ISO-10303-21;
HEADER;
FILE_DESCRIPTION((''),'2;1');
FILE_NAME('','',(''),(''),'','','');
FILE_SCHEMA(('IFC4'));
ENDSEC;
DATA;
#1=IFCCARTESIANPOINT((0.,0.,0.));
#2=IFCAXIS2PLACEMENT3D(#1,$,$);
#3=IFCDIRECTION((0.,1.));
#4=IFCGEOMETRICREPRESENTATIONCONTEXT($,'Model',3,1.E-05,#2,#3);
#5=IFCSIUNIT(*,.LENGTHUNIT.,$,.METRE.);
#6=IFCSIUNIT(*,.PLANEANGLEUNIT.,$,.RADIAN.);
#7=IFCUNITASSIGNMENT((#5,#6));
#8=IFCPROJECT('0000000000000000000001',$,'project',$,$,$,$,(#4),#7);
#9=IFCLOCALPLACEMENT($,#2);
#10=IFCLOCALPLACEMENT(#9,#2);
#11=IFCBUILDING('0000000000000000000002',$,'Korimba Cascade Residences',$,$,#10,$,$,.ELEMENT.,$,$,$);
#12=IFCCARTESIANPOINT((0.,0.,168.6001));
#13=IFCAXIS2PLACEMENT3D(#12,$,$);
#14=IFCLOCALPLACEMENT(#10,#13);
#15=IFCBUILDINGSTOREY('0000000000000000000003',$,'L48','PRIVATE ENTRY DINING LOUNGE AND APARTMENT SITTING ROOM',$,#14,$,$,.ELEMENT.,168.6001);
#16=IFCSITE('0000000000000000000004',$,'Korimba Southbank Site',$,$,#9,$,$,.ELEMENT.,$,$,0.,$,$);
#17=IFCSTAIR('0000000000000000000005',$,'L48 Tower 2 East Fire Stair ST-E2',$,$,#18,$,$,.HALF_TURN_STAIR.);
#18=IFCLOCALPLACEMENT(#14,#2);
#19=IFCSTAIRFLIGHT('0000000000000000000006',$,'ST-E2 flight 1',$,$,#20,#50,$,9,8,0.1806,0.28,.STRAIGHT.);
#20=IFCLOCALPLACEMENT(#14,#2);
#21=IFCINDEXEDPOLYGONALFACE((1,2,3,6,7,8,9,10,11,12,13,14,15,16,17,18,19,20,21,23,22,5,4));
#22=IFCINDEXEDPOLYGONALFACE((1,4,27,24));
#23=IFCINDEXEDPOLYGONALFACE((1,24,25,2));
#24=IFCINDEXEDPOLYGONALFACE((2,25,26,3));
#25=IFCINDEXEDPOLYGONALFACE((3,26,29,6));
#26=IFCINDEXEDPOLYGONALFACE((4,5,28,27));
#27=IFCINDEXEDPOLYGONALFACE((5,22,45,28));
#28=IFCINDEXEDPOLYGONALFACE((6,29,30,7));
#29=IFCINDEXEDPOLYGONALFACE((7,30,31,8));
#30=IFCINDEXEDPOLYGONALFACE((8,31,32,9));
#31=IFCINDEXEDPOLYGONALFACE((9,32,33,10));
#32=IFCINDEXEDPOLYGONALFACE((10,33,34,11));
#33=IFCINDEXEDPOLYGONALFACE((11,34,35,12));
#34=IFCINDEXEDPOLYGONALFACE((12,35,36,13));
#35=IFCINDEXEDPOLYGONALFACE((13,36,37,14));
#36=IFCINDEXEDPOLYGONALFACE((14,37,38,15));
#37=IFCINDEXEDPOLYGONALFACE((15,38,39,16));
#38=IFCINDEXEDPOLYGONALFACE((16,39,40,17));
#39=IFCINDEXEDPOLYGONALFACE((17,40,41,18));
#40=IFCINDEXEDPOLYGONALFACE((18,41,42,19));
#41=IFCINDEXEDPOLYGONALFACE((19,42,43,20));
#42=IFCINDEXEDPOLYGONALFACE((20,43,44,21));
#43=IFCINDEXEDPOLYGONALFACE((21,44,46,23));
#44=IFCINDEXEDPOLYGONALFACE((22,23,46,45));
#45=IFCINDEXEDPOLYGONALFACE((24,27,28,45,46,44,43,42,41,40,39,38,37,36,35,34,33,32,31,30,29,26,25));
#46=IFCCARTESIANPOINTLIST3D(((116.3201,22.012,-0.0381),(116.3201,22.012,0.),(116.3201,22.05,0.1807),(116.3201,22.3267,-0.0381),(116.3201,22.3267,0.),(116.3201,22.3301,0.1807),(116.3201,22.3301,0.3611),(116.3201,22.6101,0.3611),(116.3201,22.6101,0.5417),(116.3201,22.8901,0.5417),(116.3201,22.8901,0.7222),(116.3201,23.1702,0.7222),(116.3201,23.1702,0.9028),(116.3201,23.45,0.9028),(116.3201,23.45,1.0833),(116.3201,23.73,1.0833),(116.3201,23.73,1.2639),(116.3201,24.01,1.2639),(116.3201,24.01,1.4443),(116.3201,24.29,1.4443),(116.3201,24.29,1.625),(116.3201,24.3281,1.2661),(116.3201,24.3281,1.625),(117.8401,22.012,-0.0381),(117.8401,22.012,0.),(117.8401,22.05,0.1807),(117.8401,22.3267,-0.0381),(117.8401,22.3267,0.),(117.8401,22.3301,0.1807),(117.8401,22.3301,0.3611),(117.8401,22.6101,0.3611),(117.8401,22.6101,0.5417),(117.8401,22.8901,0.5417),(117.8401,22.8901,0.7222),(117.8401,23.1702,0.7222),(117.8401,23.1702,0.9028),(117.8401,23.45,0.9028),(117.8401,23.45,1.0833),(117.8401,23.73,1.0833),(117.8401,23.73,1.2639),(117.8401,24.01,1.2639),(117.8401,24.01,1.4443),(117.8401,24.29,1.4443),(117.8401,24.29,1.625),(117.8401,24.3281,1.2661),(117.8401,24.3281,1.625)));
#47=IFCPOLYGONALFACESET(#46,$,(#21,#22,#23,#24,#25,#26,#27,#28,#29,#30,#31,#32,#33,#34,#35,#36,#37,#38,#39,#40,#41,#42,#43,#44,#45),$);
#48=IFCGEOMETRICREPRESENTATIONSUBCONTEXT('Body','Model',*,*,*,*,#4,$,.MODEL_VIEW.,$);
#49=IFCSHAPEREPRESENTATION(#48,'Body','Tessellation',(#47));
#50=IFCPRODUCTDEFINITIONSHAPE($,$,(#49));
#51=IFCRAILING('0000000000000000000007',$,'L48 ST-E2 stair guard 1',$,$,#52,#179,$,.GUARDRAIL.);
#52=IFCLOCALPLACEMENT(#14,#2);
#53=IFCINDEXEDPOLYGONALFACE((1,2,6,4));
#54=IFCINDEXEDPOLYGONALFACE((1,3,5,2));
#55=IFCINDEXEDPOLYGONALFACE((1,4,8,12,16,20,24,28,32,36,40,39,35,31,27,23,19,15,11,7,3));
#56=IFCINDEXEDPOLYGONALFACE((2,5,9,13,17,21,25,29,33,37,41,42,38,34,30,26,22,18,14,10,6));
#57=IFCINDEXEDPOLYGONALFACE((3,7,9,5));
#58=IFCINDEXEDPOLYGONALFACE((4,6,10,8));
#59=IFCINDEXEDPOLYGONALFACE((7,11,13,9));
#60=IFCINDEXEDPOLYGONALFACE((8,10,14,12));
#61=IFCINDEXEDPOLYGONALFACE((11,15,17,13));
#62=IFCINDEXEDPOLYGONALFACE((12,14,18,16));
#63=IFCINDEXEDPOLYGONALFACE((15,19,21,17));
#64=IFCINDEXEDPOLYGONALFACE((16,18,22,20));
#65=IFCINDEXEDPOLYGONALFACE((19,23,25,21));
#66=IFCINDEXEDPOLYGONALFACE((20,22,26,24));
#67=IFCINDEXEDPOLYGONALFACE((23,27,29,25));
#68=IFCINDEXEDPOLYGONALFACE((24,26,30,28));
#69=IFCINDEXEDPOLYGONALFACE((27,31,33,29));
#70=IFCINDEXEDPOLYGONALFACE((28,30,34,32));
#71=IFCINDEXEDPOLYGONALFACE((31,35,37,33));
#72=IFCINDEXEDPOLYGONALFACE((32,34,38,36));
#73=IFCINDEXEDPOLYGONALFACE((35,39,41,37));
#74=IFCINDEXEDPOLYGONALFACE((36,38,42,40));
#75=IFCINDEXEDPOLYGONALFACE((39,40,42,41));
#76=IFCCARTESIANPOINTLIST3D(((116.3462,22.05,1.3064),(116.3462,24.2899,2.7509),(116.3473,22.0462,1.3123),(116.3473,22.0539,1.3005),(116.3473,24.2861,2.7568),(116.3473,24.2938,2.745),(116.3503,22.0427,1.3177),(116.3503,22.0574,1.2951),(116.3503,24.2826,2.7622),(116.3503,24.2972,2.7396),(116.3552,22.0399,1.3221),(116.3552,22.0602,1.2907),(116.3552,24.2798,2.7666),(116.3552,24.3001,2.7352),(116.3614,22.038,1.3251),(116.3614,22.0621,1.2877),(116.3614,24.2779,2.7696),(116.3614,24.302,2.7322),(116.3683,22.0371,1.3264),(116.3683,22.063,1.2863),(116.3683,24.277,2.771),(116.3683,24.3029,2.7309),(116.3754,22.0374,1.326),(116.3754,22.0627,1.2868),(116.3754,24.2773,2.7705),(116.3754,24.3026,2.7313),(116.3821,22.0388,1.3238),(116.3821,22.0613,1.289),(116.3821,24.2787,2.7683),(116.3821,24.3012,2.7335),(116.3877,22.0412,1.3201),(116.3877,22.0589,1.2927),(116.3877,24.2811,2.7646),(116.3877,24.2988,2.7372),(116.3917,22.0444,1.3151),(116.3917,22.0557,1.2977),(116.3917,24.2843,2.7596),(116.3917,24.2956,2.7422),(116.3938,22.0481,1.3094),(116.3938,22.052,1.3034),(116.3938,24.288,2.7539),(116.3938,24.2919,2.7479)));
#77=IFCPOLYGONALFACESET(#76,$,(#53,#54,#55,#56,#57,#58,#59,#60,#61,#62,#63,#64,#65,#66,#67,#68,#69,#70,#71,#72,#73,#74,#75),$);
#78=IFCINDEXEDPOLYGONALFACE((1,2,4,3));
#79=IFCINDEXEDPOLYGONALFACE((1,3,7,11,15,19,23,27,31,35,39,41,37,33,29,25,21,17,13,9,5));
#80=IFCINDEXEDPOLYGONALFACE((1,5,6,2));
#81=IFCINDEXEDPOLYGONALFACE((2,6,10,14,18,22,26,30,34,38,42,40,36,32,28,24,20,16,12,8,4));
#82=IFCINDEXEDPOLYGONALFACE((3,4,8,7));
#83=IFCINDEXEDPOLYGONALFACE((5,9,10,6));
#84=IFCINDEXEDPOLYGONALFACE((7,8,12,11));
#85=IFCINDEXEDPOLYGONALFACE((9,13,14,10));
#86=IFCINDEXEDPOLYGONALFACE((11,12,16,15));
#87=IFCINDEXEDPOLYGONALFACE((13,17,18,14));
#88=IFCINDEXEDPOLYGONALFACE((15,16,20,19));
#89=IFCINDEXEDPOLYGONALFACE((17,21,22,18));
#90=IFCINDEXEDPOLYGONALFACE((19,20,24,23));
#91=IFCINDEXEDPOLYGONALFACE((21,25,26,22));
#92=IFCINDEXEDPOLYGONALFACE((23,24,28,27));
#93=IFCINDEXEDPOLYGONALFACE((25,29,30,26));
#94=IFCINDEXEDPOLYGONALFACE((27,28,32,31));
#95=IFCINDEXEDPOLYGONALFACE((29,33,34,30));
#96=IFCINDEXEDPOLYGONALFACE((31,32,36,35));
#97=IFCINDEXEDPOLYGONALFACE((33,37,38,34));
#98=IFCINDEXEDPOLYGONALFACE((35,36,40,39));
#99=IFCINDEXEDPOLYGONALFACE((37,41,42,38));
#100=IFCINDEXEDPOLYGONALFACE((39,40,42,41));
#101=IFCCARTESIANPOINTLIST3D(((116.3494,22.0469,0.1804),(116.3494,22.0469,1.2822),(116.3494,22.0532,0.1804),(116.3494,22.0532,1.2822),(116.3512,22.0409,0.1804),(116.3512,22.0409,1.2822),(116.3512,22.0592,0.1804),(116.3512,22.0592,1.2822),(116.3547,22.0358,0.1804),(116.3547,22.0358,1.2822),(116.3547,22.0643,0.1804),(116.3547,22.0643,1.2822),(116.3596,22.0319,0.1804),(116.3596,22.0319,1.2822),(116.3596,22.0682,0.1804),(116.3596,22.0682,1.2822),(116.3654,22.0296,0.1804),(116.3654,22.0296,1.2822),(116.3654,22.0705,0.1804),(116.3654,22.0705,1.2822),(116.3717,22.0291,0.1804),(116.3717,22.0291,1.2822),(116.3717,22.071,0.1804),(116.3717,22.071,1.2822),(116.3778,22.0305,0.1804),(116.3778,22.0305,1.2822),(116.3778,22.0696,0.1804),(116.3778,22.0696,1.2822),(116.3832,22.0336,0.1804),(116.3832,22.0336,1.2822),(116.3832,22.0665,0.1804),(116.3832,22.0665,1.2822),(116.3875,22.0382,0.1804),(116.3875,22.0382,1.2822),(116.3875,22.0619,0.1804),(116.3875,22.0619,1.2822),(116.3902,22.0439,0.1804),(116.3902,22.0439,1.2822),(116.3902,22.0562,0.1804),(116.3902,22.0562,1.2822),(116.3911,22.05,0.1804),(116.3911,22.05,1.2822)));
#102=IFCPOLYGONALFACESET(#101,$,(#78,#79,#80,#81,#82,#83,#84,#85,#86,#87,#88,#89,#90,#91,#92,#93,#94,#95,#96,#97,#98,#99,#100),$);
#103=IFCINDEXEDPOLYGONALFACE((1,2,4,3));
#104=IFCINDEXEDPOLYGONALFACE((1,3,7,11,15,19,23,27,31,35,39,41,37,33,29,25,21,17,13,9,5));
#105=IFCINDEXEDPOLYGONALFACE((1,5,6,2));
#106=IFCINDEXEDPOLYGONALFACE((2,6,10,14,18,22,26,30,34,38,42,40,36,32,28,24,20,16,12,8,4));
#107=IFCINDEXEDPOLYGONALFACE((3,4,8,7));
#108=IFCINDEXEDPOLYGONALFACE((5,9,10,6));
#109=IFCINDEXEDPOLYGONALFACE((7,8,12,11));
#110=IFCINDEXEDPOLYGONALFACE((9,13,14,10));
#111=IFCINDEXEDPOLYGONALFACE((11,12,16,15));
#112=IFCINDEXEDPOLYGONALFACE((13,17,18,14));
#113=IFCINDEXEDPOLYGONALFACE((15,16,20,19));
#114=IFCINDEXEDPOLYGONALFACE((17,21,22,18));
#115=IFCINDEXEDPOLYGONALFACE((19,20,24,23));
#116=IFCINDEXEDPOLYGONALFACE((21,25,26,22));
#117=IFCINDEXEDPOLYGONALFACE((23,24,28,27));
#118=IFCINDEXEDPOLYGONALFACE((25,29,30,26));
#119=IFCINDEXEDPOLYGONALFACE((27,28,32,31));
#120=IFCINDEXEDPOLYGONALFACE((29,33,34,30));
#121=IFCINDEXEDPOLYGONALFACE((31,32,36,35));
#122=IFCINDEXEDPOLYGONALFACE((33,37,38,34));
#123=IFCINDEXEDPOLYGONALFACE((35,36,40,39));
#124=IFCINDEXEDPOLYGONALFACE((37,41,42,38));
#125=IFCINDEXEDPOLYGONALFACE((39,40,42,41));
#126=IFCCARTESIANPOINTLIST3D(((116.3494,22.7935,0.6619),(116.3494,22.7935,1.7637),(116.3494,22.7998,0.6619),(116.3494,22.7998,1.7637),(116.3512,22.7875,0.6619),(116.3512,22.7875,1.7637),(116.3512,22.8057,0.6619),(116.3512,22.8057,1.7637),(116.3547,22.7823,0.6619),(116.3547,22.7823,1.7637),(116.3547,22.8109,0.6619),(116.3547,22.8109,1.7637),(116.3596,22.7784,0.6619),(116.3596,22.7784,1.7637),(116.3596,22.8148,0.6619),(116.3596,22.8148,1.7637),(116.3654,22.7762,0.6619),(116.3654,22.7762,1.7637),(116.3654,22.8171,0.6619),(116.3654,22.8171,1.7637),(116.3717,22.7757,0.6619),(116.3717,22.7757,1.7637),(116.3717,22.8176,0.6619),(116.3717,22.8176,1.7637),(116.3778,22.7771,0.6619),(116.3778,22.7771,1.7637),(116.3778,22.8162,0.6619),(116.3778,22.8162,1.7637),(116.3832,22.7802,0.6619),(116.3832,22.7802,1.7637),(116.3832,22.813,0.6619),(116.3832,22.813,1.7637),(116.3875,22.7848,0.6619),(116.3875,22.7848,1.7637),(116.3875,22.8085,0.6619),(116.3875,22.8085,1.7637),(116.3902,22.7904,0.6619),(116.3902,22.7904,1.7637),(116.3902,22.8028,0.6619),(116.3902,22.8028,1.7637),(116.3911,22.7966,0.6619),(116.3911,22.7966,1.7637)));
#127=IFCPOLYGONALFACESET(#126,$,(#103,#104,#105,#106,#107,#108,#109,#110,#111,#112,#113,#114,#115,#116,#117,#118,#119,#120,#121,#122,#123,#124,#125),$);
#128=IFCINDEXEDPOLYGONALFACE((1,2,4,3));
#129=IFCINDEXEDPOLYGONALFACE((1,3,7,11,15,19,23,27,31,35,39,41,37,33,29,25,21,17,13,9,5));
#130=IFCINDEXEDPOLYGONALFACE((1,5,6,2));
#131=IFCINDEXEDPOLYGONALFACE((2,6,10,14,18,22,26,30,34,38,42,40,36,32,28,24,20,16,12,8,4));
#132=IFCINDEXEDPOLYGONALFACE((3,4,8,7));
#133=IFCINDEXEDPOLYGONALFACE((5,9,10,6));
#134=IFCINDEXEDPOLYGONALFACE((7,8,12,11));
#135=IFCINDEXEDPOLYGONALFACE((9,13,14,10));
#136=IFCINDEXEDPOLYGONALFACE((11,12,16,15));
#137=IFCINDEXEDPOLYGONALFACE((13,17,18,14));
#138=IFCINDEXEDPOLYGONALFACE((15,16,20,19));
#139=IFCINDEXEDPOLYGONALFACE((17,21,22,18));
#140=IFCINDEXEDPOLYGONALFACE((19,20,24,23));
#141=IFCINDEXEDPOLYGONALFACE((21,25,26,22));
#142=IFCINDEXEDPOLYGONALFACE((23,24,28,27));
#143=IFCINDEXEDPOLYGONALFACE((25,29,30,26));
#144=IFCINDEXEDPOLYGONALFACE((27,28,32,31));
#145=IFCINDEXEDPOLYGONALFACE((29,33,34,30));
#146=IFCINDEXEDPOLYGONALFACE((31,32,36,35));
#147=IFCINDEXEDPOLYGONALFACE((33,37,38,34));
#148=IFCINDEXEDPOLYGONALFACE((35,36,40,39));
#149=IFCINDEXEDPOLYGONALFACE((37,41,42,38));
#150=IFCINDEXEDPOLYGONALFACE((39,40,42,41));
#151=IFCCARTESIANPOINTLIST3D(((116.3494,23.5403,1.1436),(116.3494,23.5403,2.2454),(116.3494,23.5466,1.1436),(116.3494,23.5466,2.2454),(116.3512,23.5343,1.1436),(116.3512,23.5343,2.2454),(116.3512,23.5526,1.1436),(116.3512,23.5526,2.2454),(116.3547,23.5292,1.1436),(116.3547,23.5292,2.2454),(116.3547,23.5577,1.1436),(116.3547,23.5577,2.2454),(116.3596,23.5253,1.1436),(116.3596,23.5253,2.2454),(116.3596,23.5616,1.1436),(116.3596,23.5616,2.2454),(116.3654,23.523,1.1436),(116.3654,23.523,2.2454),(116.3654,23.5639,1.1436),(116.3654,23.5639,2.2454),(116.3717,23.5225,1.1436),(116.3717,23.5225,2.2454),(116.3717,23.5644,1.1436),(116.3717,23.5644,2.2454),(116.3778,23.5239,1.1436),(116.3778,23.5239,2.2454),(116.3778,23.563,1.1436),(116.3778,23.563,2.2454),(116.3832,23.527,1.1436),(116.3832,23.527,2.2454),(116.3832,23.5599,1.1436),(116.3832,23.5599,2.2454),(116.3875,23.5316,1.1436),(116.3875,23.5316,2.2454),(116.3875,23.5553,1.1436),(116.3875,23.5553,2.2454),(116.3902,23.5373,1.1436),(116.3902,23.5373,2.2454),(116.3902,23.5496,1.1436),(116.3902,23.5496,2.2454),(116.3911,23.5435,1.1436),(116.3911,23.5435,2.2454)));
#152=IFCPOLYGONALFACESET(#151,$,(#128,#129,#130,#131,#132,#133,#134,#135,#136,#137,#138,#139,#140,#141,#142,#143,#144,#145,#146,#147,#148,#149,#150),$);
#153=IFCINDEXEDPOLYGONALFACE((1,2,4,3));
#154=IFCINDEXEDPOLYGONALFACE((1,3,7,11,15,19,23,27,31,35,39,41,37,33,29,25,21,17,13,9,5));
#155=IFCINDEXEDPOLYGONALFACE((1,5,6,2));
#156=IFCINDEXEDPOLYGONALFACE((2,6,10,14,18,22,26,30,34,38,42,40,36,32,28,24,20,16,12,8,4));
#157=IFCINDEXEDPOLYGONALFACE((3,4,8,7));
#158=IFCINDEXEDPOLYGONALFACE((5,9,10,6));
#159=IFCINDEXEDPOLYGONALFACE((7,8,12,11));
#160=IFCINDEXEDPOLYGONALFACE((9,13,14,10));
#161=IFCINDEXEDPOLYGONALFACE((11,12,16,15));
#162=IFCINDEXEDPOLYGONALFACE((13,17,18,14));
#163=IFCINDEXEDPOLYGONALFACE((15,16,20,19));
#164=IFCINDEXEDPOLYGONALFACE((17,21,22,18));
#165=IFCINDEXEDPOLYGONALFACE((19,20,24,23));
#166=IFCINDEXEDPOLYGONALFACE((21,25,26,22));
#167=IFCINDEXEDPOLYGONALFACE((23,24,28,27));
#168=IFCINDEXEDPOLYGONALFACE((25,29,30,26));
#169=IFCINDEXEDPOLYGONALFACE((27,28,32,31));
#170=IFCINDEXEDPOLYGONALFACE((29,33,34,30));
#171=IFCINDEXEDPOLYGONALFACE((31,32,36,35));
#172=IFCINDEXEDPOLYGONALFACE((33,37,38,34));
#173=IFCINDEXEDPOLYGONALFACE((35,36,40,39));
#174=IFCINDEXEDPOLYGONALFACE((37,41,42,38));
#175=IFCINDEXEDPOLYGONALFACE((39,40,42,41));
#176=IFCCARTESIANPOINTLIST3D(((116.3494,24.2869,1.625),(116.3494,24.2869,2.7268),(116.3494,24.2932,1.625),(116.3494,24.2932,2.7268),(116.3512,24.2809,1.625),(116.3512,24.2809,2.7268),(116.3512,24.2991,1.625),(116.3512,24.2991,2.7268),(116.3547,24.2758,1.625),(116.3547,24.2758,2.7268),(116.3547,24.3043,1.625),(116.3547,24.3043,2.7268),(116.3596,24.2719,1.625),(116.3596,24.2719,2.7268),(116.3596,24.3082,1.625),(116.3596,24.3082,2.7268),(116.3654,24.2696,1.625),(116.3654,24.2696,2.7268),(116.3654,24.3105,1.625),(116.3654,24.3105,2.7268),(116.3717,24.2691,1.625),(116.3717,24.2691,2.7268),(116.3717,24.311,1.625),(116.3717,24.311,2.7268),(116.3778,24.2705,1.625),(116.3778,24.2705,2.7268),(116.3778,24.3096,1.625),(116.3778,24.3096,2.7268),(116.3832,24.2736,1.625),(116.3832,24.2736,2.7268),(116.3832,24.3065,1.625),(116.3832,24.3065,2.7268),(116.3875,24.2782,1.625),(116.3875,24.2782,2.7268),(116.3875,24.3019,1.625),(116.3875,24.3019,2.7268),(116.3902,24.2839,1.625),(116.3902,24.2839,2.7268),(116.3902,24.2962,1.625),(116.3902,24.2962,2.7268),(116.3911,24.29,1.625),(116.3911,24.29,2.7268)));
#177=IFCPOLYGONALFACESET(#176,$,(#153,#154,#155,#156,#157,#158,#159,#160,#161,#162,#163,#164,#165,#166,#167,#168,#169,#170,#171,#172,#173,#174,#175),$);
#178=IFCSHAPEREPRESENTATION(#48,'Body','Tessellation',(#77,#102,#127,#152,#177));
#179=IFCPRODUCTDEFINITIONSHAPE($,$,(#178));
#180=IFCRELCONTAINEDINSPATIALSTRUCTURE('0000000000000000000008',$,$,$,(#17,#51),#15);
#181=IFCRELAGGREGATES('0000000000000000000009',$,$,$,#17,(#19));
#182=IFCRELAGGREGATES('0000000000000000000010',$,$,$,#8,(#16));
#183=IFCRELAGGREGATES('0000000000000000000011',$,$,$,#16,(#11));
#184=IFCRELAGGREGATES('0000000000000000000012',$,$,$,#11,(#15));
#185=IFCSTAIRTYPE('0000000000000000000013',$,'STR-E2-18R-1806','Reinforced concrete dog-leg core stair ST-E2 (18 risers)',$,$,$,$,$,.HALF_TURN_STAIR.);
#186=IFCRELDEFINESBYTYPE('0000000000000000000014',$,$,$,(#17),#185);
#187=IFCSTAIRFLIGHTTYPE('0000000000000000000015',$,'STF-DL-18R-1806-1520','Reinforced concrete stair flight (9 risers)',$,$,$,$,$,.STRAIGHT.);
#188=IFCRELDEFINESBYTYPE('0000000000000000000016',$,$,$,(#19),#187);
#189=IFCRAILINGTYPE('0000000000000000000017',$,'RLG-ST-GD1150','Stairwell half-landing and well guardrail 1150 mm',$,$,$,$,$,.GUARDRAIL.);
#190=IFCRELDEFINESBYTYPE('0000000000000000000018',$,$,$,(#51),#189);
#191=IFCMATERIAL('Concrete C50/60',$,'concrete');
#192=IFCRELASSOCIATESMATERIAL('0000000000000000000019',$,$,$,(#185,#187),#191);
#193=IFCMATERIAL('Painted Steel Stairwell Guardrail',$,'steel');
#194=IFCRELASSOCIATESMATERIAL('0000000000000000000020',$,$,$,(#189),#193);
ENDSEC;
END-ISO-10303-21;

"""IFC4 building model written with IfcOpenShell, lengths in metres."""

from ifc_helpers import new_model, si_unit, direction, frame, origin, origin_2d, place, context, subcontext, project, spatial, polyline, circle, outline, extrude, material, type_object, element, aggregate, save


model = new_model("IFC4")

# Units and contexts
model_context = context("Model", 3, precision=1e-05, world=origin(), true_north=direction((0.0, 1.0)))
body_context = subcontext(model_context, "Body", "Model", "MODEL_VIEW")
ifc_project = project(units=[si_unit("LENGTHUNIT", "METRE"), si_unit("PLANEANGLEUNIT", "RADIAN")], contexts=[model_context])

# Site, building, storey
site_placement = place(None, origin())
site = spatial("IfcSite", under=ifc_project, at=site_placement, Name="Korimba Southbank Site", CompositionType="ELEMENT", RefElevation=0.0)
building_placement = place(site_placement, origin())
building = spatial("IfcBuilding", under=site, at=building_placement, Name="Korimba Cascade Residences", CompositionType="ELEMENT")
storey_placement = place(building_placement, frame((0.0, 0.0, 168.6001)))
storey = spatial("IfcBuildingStorey", under=building, at=storey_placement, Name="L48", Description="PRIVATE ENTRY DINING LOUNGE AND APARTMENT SITTING ROOM", CompositionType="ELEMENT", Elevation=168.6001)

# Shared definitions
ifc_material_1 = material(Name="Concrete C50/60", Category="concrete")

# Stair, stair flight
stair_type = type_object("IfcStairType", Name="STR-E2-18R-1806", Description="Reinforced concrete dog-leg core stair ST-E2 (18 risers)", PredefinedType="HALF_TURN_STAIR", material=ifc_material_1)
stair_placement = place(storey_placement, origin())
stair = element("IfcStair", 1, at=stair_placement, inside=storey, type_object=stair_type, Name="L48 Tower 2 East Fire Stair ST-E2", PredefinedType="HALF_TURN_STAIR")
stair_flight_type = type_object("IfcStairFlightType", Name="STF-DL-18R-1806-1520", Description="Reinforced concrete stair flight (9 risers)", PredefinedType="STRAIGHT", material=ifc_material_1)
stair_flight_placement = place(storey_placement, frame((117.0801, 22.05, 0.0), z_axis=(0.0, 0.0, 1.0), x_axis=(0.0, 1.0, 0.0)))
stair_flight = element("IfcStairFlight", 2, at=stair_flight_placement, type_object=stair_flight_type, Name="ST-E2 flight 1", NumberOfRisers=9, NumberOfTreads=8, PredefinedType="STRAIGHT", RiserHeight=0.1806, TreadLength=0.28, context=body_context, shape_type="SweptSolid", body=[
    extrude(outline(polyline([(-0.0381, 0.0), (0.0, 0.1807), (0.28, 0.1807), (0.28, 0.3611), (0.5601, 0.3611), (0.5601, 0.5417), (0.8401, 0.5417), (0.8401, 0.7222), (1.1201, 0.7222), (1.1201, 0.9028), (1.3999, 0.9028), (1.3999, 1.0833), (1.6799, 1.0833), (1.6799, 1.2639), (1.96, 1.2639), (1.96, 1.4443), (2.24, 1.4443), (2.24, 1.625), (2.2781, 1.625), (2.2781, 1.2661), (0.2766, 0.0), (0.2766, -0.0381), (-0.0381, -0.0381), (-0.0381, 0.0)])), frame((0.0, 0.76, 0.0), z_axis=(0.0, -1.0, 0.0), x_axis=(1.0, 0.0, 0.0)), (0.0, 0.0, 1.0), 1.52),
])
aggregate(stair, [stair_flight])

# Railing
ifc_material_2 = material(Name="Painted Steel Stairwell Guardrail", Category="steel")
railing_type_1 = type_object("IfcRailingType", Name="RLG-ST-GD1150", Description="Stairwell half-landing and well guardrail 1150 mm", PredefinedType="GUARDRAIL", material=ifc_material_2)
railing_1_placement = place(storey_placement, frame((116.3701, 22.05, 0.1804)))
element("IfcRailing", 3, at=railing_1_placement, inside=storey, type_object=railing_type_1, Name="L48 ST-E2 stair guard 1", PredefinedType="GUARDRAIL", context=body_context, shape_type="SweptSolid", body=[
    extrude(circle(Radius=0.0239, at=origin_2d()), frame((0.0, 0.0, 1.126), z_axis=(0.0, 0.840395, 0.541975), x_axis=(-1.0, 0.0, 0.0)), (0.0, 0.0, 1.0), 2.6653),
    extrude(circle(Radius=0.021, at=origin_2d()), origin(), (0.0, 0.0, 1.0), 1.1018),
    extrude(circle(Radius=0.021, at=origin_2d()), frame((0.0, 0.7466, 0.4814)), (0.0, 0.0, 1.0), 1.1018),
    extrude(circle(Radius=0.021, at=origin_2d()), frame((0.0, 1.4934, 0.9631)), (0.0, 0.0, 1.0), 1.1018),
    extrude(circle(Radius=0.021, at=origin_2d()), frame((0.0, 2.24, 1.4446)), (0.0, 0.0, 1.0), 1.1018),
])

save(model, "model.ifc")
